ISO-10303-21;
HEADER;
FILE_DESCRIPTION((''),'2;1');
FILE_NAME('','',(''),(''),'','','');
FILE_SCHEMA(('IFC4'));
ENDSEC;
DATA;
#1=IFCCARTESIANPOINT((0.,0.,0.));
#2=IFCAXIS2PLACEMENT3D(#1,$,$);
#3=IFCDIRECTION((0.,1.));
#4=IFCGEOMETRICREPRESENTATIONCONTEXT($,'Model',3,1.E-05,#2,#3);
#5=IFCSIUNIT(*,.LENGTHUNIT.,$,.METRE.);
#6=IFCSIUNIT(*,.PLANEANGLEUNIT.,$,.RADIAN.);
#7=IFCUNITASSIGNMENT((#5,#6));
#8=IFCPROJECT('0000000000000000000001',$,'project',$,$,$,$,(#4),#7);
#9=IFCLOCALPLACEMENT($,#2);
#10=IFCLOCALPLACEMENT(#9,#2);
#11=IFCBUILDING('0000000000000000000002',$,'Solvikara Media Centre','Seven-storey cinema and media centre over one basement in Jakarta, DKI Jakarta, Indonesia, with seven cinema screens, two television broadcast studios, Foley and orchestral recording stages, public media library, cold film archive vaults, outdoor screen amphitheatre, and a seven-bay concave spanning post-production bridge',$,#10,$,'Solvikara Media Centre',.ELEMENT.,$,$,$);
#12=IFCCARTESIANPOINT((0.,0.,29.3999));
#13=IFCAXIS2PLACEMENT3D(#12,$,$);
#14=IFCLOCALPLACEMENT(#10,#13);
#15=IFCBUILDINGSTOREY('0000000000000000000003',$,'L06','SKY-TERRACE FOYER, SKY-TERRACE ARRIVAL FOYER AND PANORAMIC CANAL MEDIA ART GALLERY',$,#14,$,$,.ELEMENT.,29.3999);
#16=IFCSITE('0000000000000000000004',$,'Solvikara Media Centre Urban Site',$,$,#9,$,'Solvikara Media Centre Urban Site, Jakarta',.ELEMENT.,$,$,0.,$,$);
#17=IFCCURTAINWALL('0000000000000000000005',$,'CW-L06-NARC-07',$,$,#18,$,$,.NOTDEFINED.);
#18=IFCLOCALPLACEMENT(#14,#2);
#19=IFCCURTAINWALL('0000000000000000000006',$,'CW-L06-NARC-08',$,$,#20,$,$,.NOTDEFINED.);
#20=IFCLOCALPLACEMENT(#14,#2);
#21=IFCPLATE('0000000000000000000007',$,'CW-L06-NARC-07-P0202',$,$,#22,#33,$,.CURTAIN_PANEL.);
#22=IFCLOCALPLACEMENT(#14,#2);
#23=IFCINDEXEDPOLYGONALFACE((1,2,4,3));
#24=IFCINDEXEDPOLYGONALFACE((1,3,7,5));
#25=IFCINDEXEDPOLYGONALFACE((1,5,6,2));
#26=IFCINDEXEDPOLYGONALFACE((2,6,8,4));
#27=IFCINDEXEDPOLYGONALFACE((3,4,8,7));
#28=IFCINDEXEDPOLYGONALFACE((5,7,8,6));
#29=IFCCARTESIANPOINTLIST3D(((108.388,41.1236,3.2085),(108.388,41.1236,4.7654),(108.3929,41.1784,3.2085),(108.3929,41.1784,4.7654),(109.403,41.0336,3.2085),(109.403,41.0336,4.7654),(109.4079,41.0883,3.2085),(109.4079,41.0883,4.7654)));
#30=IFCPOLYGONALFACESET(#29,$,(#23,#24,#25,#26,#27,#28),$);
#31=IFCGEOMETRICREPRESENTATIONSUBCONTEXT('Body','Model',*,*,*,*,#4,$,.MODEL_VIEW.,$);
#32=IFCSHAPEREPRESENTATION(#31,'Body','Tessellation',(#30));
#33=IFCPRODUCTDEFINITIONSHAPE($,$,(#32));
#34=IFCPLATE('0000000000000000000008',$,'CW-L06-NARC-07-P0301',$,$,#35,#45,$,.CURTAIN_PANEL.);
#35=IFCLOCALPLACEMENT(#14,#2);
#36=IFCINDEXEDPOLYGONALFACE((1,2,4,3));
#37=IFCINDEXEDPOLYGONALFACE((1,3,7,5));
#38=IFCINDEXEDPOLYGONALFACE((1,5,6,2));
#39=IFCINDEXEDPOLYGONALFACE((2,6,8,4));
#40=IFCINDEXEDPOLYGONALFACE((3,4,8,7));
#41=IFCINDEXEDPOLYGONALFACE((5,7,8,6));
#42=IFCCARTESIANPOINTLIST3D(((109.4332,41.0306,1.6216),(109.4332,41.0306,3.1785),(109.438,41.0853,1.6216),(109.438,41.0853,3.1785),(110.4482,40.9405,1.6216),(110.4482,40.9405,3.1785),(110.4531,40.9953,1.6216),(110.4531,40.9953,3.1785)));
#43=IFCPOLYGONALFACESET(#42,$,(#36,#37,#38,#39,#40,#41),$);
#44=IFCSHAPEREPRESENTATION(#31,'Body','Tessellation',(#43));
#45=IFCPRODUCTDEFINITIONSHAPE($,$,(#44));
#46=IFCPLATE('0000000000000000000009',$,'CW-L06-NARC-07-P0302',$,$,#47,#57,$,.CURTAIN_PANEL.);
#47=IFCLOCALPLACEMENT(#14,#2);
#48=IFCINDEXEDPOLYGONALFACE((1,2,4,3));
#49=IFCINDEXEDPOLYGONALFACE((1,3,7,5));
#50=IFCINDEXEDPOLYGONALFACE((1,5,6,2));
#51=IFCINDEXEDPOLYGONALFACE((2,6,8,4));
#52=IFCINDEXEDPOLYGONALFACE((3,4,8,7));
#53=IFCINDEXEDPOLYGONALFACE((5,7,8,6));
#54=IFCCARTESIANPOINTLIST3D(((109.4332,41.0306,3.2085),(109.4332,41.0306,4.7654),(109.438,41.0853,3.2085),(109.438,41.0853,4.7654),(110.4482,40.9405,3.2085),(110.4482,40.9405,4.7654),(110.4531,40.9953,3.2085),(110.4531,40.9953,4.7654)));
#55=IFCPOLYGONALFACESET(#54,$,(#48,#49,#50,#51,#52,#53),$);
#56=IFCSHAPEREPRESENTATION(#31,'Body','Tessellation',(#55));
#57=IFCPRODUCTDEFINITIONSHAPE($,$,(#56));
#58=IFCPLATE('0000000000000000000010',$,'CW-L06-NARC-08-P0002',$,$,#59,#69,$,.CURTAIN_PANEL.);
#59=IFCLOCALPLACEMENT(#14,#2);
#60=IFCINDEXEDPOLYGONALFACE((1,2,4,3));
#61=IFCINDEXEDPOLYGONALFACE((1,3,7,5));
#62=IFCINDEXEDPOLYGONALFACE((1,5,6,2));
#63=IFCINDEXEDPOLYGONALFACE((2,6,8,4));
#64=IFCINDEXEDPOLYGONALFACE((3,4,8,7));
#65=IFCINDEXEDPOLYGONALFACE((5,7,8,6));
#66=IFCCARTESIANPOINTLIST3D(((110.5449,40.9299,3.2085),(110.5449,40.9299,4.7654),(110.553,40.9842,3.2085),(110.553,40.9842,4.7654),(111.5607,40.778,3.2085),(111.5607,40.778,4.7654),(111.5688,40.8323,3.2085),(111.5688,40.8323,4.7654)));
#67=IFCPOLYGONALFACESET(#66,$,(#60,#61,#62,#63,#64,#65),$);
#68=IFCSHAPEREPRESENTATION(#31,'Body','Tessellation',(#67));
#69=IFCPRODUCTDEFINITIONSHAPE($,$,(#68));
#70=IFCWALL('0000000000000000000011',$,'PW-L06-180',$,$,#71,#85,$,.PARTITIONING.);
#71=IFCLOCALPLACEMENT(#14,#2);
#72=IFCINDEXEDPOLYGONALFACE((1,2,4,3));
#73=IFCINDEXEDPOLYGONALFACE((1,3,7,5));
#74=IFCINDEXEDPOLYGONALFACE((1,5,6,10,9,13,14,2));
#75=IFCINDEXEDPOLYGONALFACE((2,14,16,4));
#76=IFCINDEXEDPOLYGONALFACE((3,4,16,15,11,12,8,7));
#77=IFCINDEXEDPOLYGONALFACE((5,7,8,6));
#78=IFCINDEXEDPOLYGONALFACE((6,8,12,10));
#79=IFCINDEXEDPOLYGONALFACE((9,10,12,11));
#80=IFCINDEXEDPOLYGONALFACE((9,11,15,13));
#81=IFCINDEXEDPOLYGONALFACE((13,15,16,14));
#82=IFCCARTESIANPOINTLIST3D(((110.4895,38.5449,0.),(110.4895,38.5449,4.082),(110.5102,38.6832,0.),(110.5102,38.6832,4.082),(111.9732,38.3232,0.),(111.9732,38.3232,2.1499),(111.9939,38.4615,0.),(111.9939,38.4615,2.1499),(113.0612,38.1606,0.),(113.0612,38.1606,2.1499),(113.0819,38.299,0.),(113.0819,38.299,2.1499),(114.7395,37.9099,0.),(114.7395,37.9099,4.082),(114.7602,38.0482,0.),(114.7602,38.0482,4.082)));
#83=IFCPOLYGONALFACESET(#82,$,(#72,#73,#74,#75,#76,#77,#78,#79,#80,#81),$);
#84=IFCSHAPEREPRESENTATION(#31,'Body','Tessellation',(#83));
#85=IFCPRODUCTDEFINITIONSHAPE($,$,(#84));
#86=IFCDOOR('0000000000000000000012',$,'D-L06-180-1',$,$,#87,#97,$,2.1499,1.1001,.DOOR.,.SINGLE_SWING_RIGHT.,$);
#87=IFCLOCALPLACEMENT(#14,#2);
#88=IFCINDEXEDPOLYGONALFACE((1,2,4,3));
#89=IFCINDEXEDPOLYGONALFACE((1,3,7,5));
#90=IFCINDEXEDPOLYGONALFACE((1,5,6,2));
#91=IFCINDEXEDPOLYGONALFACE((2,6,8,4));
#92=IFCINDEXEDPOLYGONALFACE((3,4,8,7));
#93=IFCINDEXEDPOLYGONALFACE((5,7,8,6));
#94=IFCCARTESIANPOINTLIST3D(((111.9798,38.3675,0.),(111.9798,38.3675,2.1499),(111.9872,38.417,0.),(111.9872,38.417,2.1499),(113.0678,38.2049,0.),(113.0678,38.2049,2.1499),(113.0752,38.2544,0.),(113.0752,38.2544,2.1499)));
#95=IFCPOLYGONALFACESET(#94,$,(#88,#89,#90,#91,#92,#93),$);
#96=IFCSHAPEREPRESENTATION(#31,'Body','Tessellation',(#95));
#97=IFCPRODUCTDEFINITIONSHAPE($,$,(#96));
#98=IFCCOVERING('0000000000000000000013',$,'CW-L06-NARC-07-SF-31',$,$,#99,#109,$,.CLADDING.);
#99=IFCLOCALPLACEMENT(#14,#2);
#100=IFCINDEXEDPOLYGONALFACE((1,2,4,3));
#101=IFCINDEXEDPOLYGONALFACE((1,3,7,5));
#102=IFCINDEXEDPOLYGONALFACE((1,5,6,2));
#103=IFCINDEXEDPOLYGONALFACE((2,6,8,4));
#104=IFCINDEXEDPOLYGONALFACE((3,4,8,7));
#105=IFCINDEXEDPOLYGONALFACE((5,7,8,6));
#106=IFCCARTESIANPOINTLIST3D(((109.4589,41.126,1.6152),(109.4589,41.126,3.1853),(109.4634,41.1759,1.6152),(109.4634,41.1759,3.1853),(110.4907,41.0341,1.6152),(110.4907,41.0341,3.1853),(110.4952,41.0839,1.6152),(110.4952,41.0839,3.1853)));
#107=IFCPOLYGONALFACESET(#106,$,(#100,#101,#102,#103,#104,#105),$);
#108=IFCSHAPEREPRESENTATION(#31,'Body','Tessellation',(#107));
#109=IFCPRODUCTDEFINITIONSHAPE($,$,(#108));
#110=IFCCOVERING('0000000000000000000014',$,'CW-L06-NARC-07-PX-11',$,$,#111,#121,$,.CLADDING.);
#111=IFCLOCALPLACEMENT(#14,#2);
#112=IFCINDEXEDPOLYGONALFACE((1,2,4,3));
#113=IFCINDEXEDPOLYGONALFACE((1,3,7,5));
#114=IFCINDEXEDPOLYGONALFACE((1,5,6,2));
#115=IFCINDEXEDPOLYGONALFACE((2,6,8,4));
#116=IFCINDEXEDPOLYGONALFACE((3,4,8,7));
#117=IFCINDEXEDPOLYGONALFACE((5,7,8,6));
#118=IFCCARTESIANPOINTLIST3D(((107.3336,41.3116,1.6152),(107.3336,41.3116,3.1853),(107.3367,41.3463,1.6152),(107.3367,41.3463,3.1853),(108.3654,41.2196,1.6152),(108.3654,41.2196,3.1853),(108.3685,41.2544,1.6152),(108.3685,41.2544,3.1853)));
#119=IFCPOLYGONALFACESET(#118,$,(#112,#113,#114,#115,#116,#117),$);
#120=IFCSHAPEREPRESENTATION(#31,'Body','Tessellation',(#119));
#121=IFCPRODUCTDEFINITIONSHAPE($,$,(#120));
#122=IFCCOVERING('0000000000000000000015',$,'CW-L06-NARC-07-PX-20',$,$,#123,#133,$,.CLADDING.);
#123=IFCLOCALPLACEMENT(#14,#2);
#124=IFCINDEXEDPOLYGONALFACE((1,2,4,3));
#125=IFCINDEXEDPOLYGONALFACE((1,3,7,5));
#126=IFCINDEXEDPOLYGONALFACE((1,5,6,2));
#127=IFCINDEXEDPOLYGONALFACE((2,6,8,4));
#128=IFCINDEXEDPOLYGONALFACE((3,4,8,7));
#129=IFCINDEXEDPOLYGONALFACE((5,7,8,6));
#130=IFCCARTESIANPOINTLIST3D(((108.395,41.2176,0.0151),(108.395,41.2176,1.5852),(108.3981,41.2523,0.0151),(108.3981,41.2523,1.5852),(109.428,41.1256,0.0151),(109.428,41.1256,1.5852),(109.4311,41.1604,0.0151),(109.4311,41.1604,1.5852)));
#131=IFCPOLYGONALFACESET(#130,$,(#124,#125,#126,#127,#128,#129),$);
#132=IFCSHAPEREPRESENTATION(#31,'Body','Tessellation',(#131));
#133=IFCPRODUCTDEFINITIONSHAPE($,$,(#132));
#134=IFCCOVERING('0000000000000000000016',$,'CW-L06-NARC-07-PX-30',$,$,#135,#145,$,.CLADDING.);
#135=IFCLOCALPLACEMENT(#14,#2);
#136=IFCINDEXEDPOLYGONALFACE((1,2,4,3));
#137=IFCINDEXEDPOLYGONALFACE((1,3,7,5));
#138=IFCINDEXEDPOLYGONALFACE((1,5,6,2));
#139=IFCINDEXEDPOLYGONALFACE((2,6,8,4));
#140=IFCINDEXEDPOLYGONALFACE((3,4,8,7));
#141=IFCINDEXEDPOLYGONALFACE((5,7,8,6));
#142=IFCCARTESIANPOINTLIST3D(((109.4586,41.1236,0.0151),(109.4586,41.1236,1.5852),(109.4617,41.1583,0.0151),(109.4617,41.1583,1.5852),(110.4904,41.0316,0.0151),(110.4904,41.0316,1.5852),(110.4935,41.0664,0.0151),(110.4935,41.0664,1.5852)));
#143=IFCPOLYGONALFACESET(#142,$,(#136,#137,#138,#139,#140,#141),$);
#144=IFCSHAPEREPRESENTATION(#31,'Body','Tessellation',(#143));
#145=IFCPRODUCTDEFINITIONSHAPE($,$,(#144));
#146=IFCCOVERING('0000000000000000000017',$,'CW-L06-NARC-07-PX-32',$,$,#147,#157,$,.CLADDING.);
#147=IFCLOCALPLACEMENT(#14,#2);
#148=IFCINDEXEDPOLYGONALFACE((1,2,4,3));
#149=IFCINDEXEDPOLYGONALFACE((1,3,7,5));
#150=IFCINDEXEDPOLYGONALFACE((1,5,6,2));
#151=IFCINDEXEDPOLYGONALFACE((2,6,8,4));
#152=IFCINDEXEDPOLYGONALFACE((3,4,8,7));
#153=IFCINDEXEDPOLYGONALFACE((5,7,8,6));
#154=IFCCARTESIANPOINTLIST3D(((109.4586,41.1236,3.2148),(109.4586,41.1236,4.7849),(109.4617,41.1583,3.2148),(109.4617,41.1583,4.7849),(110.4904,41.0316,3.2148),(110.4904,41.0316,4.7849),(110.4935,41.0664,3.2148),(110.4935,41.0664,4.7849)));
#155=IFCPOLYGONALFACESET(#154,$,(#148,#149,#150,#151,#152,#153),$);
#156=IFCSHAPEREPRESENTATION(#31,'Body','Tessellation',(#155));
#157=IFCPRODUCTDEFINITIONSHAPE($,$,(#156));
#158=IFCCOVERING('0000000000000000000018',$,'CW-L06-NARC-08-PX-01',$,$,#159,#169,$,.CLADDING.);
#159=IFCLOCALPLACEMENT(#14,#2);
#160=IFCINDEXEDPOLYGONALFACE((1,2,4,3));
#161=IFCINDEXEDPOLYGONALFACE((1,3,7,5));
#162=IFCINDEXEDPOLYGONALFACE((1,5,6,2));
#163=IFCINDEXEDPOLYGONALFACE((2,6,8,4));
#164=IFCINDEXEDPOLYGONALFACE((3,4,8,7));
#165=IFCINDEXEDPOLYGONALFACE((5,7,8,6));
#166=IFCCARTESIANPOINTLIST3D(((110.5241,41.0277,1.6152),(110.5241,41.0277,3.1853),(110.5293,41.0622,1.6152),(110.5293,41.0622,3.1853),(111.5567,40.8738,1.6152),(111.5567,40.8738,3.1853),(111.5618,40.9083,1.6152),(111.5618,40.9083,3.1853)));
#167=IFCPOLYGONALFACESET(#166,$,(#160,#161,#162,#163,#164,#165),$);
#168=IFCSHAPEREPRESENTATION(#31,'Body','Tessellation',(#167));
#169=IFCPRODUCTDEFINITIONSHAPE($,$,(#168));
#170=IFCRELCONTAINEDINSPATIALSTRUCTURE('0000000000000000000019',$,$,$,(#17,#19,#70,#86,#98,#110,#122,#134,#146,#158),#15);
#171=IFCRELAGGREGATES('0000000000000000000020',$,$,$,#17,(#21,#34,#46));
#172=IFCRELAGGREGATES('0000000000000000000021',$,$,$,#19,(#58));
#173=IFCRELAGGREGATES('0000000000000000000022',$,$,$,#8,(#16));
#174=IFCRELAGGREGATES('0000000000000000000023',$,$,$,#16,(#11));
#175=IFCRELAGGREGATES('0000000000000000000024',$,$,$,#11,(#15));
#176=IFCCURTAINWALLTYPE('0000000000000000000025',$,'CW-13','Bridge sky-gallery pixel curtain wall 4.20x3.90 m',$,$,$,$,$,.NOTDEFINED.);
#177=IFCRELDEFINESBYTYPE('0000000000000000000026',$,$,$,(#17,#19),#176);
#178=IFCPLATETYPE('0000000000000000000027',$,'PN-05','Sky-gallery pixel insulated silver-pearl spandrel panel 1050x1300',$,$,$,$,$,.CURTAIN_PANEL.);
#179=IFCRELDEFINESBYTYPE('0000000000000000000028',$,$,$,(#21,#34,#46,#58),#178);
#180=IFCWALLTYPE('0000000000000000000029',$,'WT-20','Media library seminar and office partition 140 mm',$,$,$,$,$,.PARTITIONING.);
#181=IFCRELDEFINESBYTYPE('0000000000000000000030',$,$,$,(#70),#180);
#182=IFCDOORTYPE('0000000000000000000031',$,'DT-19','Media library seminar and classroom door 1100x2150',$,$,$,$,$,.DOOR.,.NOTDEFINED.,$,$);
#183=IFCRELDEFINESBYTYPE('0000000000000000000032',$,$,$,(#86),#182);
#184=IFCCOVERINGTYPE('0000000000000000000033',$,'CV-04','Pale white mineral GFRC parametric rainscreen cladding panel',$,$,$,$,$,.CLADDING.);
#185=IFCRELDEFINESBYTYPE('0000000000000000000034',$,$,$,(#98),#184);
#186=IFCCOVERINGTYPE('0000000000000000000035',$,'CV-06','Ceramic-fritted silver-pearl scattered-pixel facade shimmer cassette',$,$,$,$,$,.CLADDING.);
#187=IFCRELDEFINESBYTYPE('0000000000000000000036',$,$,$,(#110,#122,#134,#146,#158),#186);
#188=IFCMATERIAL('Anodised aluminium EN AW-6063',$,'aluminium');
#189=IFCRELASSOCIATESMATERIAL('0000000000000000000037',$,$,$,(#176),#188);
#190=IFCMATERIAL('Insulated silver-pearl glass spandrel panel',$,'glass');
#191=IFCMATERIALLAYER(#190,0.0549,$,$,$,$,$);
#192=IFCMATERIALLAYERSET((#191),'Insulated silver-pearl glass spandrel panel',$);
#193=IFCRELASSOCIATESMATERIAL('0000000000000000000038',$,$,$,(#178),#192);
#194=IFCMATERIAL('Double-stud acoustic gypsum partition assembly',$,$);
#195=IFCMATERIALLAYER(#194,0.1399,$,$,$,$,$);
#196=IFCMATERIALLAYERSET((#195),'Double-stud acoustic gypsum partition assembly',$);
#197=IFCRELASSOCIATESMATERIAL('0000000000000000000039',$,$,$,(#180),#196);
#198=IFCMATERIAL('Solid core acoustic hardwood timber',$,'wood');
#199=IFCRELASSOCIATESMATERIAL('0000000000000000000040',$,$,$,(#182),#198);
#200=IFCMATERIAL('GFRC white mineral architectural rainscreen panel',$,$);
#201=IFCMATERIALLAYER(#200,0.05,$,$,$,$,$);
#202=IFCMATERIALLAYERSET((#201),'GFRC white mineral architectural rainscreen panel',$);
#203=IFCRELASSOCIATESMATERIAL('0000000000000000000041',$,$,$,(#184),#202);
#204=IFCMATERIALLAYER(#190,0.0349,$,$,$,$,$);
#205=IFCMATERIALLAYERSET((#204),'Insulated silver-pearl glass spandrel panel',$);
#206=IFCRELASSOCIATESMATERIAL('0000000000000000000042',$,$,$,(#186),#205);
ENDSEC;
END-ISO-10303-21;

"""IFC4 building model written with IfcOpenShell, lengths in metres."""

from ifc_helpers import new_model, si_unit, direction, frame, frame_2d, origin, origin_2d, place, context, subcontext, project, spatial, rectangle, extrude, material, layer, layer_set, type_object, element, fill, aggregate, save


model = new_model("IFC4")

# Units and contexts
model_context = context("Model", 3, precision=1e-05, world=origin(), true_north=direction((0.0, 1.0)))
body_context = subcontext(model_context, "Body", "Model", "MODEL_VIEW")
ifc_project = project(units=[si_unit("LENGTHUNIT", "METRE"), si_unit("PLANEANGLEUNIT", "RADIAN")], contexts=[model_context])

# Site, building, storey
site_placement = place(None, origin())
site = spatial("IfcSite", under=ifc_project, at=site_placement, Name="Solvikara Media Centre Urban Site", LongName="Solvikara Media Centre Urban Site, Jakarta", CompositionType="ELEMENT", RefElevation=0.0)
building_placement = place(site_placement, origin())
building = spatial("IfcBuilding", under=site, at=building_placement, Name="Solvikara Media Centre", Description="Seven-storey cinema and media centre over one basement in Jakarta, DKI Jakarta, Indonesia, with seven cinema screens, two television broadcast studios, Foley and orchestral recording stages, public media library, cold film archive vaults, outdoor screen amphitheatre, and a seven-bay concave spanning post-production bridge", LongName="Solvikara Media Centre", CompositionType="ELEMENT")
storey_placement = place(building_placement, frame((0.0, 0.0, 29.3999)))
storey = spatial("IfcBuildingStorey", under=building, at=storey_placement, Name="L06", Description="SKY-TERRACE FOYER, SKY-TERRACE ARRIVAL FOYER AND PANORAMIC CANAL MEDIA ART GALLERY", CompositionType="ELEMENT", Elevation=29.3999)

# Curtain walls
ifc_material_1 = material(Name="Anodised aluminium EN AW-6063", Category="aluminium")
curtain_wall_type = type_object("IfcCurtainWallType", Name="CW-13", Description="Bridge sky-gallery pixel curtain wall 4.20x3.90 m", PredefinedType="NOTDEFINED", material=ifc_material_1)
curtain_wall_1_placement = place(storey_placement, origin())
curtain_wall_1 = element("IfcCurtainWall", 1, at=curtain_wall_1_placement, inside=storey, type_object=curtain_wall_type, Name="CW-L06-NARC-07", PredefinedType="NOTDEFINED")
curtain_wall_2_placement = place(storey_placement, origin())
curtain_wall_2 = element("IfcCurtainWall", 2, at=curtain_wall_2_placement, inside=storey, type_object=curtain_wall_type, Name="CW-L06-NARC-08", PredefinedType="NOTDEFINED")

# Plates
ifc_material_2 = material(Name="Insulated silver-pearl glass spandrel panel", Category="glass")
ifc_layer_1 = layer(ifc_material_2, 0.0549)
ifc_layer_set_1 = layer_set([ifc_layer_1], Name="Insulated silver-pearl glass spandrel panel")
plate_type_1 = type_object("IfcPlateType", Name="PN-05", Description="Sky-gallery pixel insulated silver-pearl spandrel panel 1050x1300", PredefinedType="CURTAIN_PANEL", material=ifc_layer_set_1)
plate_1_placement = place(storey_placement, frame((108.8979, 41.106, 3.2085), z_axis=(0.0, 0.0, 1.0), x_axis=(0.996084, -0.088408, 0.0)))
plate_1 = element("IfcPlate", 3, at=plate_1_placement, type_object=plate_type_1, Name="CW-L06-NARC-07-P0202", PredefinedType="CURTAIN_PANEL", context=body_context, shape_type="SweptSolid", body=[
    extrude(rectangle(XDim=1.019, YDim=0.0549, at=origin_2d()), origin(), (0.0, 0.0, 1.0), 1.5569),
])
plate_2_placement = place(storey_placement, frame((109.9431, 41.0129, 1.6216), z_axis=(0.0, 0.0, 1.0), x_axis=(0.996084, -0.088408, 0.0)))
plate_2 = element("IfcPlate", 4, at=plate_2_placement, type_object=plate_type_1, Name="CW-L06-NARC-07-P0301", PredefinedType="CURTAIN_PANEL", context=body_context, shape_type="SweptSolid", body=[
    extrude(rectangle(XDim=1.019, YDim=0.0549, at=origin_2d()), origin(), (0.0, 0.0, 1.0), 1.5569),
])
plate_3_placement = place(storey_placement, frame((109.9431, 41.0129, 3.2085), z_axis=(0.0, 0.0, 1.0), x_axis=(0.996084, -0.088408, 0.0)))
plate_3 = element("IfcPlate", 5, at=plate_3_placement, type_object=plate_type_1, Name="CW-L06-NARC-07-P0302", PredefinedType="CURTAIN_PANEL", context=body_context, shape_type="SweptSolid", body=[
    extrude(rectangle(XDim=1.019, YDim=0.0549, at=origin_2d()), origin(), (0.0, 0.0, 1.0), 1.5569),
])
aggregate(curtain_wall_1, [plate_1, plate_2, plate_3])
plate_4_placement = place(storey_placement, frame((111.0569, 40.8811, 3.2085), z_axis=(0.0, 0.0, 1.0), x_axis=(0.989006, -0.147878, 0.0)))
plate_4 = element("IfcPlate", 6, at=plate_4_placement, type_object=plate_type_1, Name="CW-L06-NARC-08-P0002", PredefinedType="CURTAIN_PANEL", context=body_context, shape_type="SweptSolid", body=[
    extrude(rectangle(XDim=1.0271, YDim=0.0549, at=origin_2d()), origin(), (0.0, 0.0, 1.0), 1.5569),
])
aggregate(curtain_wall_2, [plate_4])

# Wall, opening, door
ifc_material_3 = material(Name="Double-stud acoustic gypsum partition assembly")
ifc_layer_2 = layer(ifc_material_3, 0.1399)
ifc_layer_set_2 = layer_set([ifc_layer_2], Name="Double-stud acoustic gypsum partition assembly")
wall_type = type_object("IfcWallType", Name="WT-20", Description="Media library seminar and office partition 140 mm", PredefinedType="PARTITIONING", material=ifc_layer_set_2)
wall_placement = place(storey_placement, frame((110.5, 38.614, 0.0), z_axis=(0.0, 0.0, 1.0), x_axis=(0.989021, -0.147774, 0.0)))
wall = element("IfcWall", 7, at=wall_placement, inside=storey, type_object=wall_type, Name="PW-L06-180", PredefinedType="PARTITIONING", context=body_context, shape_type="SweptSolid", body=[
    extrude(rectangle(XDim=4.2971, YDim=0.1399, at=frame_2d((2.1484, 0.0))), origin(), (0.0, 0.0, 1.0), 4.082),
])
opening_placement = place(wall_placement, frame((1.5, 0.0, 0.0)))
opening = element("IfcOpeningElement", 8, at=opening_placement, cuts=wall, PredefinedType="OPENING", context=body_context, shape_type="SweptSolid", body=[
    extrude(rectangle(XDim=1.1001, YDim=2.1499, at=frame_2d((0.55, 1.075))), frame((0.0, 0.082, 0.0), z_axis=(0.0, -1.0, 0.0), x_axis=(1.0, 0.0, 0.0)), (0.0, 0.0, 1.0), 0.1638),
])
ifc_material_4 = material(Name="Solid core acoustic hardwood timber", Category="wood")
door_type = type_object("IfcDoorType", Name="DT-19", Description="Media library seminar and classroom door 1100x2150", OperationType="NOTDEFINED", PredefinedType="DOOR", material=ifc_material_4)
door_placement = place(opening_placement, origin())
door = element("IfcDoor", 9, at=door_placement, inside=storey, type_object=door_type, Name="D-L06-180-1", OperationType="SINGLE_SWING_RIGHT", OverallHeight=2.1499, OverallWidth=1.1001, PredefinedType="DOOR", context=body_context, shape_type="SweptSolid", body=[
    extrude(rectangle(XDim=1.1001, YDim=2.1499, at=frame_2d((0.55, 1.075))), frame((0.0, 0.0249, 0.0), z_axis=(0.0, -1.0, 0.0), x_axis=(1.0, 0.0, 0.0)), (0.0, 0.0, 1.0), 0.05),
])
fill(opening, door)

# Coverings
ifc_material_5 = material(Name="GFRC white mineral architectural rainscreen panel")
ifc_layer_3 = layer(ifc_material_5, 0.05)
ifc_layer_set_3 = layer_set([ifc_layer_3], Name="GFRC white mineral architectural rainscreen panel")
covering_type_1 = type_object("IfcCoveringType", Name="CV-04", Description="Pale white mineral GFRC parametric rainscreen cladding panel", PredefinedType="CLADDING", material=ifc_layer_set_3)
covering_1_placement = place(storey_placement, frame((109.9771, 41.105, 1.6152), z_axis=(0.0, 0.0, 1.0), x_axis=(0.99605, -0.08879, 0.0)))
element("IfcCovering", 10, at=covering_1_placement, inside=storey, type_object=covering_type_1, Name="CW-L06-NARC-07-SF-31", PredefinedType="CLADDING", context=body_context, shape_type="SweptSolid", body=[
    extrude(rectangle(XDim=1.0359, YDim=0.05, at=origin_2d()), origin(), (0.0, 0.0, 1.0), 1.5701),
])
ifc_layer_4 = layer(ifc_material_2, 0.0349)
ifc_layer_set_4 = layer_set([ifc_layer_4], Name="Insulated silver-pearl glass spandrel panel")
covering_type_2 = type_object("IfcCoveringType", Name="CV-06", Description="Ceramic-fritted silver-pearl scattered-pixel facade shimmer cassette", PredefinedType="CLADDING", material=ifc_layer_set_4)
covering_2_placement = place(storey_placement, frame((107.8511, 41.283, 1.6152), z_axis=(0.0, 0.0, 1.0), x_axis=(0.99605, -0.08879, 0.0)))
element("IfcCovering", 11, at=covering_2_placement, inside=storey, type_object=covering_type_2, Name="CW-L06-NARC-07-PX-11", PredefinedType="CLADDING", context=body_context, shape_type="SweptSolid", body=[
    extrude(rectangle(XDim=1.0359, YDim=0.0349, at=origin_2d()), origin(), (0.0, 0.0, 1.0), 1.5701),
])
covering_3_placement = place(storey_placement, frame((108.9131, 41.189, 0.0151), z_axis=(0.0, 0.0, 1.0), x_axis=(0.996058, -0.088703, 0.0)))
element("IfcCovering", 12, at=covering_3_placement, inside=storey, type_object=covering_type_2, Name="CW-L06-NARC-07-PX-20", PredefinedType="CLADDING", context=body_context, shape_type="SweptSolid", body=[
    extrude(rectangle(XDim=1.0371, YDim=0.0349, at=origin_2d()), origin(), (0.0, 0.0, 1.0), 1.5701),
])
for number, where, z_axis, x_axis, name in (
    (13, (109.9761, 41.095, 0.0151), (0.0, 0.0, 1.0), (0.99605, -0.08879, 0.0), "CW-L06-NARC-07-PX-30"),
    (14, (109.9761, 41.095, 3.2148), (0.0, 0.0, 1.0), (0.99605, -0.08879, 0.0), "CW-L06-NARC-07-PX-32"),
):
    element("IfcCovering", number, at=place(storey_placement, frame(where, z_axis=z_axis, x_axis=x_axis)), inside=storey, type_object=covering_type_2, Name=name, PredefinedType="CLADDING", context=body_context, shape_type="SweptSolid", body=[
        extrude(rectangle(XDim=1.0359, YDim=0.0349, at=origin_2d()), origin(), (0.0, 0.0, 1.0), 1.5701),
    ])
covering_4_placement = place(storey_placement, frame((111.043, 40.968, 1.6152), z_axis=(0.0, 0.0, 1.0), x_axis=(0.98907, -0.147447, 0.0)))
element("IfcCovering", 15, at=covering_4_placement, inside=storey, type_object=covering_type_2, Name="CW-L06-NARC-08-PX-01", PredefinedType="CLADDING", context=body_context, shape_type="SweptSolid", body=[
    extrude(rectangle(XDim=1.0439, YDim=0.0349, at=origin_2d()), origin(), (0.0, 0.0, 1.0), 1.5701),
])

save(model, "model.ifc")
